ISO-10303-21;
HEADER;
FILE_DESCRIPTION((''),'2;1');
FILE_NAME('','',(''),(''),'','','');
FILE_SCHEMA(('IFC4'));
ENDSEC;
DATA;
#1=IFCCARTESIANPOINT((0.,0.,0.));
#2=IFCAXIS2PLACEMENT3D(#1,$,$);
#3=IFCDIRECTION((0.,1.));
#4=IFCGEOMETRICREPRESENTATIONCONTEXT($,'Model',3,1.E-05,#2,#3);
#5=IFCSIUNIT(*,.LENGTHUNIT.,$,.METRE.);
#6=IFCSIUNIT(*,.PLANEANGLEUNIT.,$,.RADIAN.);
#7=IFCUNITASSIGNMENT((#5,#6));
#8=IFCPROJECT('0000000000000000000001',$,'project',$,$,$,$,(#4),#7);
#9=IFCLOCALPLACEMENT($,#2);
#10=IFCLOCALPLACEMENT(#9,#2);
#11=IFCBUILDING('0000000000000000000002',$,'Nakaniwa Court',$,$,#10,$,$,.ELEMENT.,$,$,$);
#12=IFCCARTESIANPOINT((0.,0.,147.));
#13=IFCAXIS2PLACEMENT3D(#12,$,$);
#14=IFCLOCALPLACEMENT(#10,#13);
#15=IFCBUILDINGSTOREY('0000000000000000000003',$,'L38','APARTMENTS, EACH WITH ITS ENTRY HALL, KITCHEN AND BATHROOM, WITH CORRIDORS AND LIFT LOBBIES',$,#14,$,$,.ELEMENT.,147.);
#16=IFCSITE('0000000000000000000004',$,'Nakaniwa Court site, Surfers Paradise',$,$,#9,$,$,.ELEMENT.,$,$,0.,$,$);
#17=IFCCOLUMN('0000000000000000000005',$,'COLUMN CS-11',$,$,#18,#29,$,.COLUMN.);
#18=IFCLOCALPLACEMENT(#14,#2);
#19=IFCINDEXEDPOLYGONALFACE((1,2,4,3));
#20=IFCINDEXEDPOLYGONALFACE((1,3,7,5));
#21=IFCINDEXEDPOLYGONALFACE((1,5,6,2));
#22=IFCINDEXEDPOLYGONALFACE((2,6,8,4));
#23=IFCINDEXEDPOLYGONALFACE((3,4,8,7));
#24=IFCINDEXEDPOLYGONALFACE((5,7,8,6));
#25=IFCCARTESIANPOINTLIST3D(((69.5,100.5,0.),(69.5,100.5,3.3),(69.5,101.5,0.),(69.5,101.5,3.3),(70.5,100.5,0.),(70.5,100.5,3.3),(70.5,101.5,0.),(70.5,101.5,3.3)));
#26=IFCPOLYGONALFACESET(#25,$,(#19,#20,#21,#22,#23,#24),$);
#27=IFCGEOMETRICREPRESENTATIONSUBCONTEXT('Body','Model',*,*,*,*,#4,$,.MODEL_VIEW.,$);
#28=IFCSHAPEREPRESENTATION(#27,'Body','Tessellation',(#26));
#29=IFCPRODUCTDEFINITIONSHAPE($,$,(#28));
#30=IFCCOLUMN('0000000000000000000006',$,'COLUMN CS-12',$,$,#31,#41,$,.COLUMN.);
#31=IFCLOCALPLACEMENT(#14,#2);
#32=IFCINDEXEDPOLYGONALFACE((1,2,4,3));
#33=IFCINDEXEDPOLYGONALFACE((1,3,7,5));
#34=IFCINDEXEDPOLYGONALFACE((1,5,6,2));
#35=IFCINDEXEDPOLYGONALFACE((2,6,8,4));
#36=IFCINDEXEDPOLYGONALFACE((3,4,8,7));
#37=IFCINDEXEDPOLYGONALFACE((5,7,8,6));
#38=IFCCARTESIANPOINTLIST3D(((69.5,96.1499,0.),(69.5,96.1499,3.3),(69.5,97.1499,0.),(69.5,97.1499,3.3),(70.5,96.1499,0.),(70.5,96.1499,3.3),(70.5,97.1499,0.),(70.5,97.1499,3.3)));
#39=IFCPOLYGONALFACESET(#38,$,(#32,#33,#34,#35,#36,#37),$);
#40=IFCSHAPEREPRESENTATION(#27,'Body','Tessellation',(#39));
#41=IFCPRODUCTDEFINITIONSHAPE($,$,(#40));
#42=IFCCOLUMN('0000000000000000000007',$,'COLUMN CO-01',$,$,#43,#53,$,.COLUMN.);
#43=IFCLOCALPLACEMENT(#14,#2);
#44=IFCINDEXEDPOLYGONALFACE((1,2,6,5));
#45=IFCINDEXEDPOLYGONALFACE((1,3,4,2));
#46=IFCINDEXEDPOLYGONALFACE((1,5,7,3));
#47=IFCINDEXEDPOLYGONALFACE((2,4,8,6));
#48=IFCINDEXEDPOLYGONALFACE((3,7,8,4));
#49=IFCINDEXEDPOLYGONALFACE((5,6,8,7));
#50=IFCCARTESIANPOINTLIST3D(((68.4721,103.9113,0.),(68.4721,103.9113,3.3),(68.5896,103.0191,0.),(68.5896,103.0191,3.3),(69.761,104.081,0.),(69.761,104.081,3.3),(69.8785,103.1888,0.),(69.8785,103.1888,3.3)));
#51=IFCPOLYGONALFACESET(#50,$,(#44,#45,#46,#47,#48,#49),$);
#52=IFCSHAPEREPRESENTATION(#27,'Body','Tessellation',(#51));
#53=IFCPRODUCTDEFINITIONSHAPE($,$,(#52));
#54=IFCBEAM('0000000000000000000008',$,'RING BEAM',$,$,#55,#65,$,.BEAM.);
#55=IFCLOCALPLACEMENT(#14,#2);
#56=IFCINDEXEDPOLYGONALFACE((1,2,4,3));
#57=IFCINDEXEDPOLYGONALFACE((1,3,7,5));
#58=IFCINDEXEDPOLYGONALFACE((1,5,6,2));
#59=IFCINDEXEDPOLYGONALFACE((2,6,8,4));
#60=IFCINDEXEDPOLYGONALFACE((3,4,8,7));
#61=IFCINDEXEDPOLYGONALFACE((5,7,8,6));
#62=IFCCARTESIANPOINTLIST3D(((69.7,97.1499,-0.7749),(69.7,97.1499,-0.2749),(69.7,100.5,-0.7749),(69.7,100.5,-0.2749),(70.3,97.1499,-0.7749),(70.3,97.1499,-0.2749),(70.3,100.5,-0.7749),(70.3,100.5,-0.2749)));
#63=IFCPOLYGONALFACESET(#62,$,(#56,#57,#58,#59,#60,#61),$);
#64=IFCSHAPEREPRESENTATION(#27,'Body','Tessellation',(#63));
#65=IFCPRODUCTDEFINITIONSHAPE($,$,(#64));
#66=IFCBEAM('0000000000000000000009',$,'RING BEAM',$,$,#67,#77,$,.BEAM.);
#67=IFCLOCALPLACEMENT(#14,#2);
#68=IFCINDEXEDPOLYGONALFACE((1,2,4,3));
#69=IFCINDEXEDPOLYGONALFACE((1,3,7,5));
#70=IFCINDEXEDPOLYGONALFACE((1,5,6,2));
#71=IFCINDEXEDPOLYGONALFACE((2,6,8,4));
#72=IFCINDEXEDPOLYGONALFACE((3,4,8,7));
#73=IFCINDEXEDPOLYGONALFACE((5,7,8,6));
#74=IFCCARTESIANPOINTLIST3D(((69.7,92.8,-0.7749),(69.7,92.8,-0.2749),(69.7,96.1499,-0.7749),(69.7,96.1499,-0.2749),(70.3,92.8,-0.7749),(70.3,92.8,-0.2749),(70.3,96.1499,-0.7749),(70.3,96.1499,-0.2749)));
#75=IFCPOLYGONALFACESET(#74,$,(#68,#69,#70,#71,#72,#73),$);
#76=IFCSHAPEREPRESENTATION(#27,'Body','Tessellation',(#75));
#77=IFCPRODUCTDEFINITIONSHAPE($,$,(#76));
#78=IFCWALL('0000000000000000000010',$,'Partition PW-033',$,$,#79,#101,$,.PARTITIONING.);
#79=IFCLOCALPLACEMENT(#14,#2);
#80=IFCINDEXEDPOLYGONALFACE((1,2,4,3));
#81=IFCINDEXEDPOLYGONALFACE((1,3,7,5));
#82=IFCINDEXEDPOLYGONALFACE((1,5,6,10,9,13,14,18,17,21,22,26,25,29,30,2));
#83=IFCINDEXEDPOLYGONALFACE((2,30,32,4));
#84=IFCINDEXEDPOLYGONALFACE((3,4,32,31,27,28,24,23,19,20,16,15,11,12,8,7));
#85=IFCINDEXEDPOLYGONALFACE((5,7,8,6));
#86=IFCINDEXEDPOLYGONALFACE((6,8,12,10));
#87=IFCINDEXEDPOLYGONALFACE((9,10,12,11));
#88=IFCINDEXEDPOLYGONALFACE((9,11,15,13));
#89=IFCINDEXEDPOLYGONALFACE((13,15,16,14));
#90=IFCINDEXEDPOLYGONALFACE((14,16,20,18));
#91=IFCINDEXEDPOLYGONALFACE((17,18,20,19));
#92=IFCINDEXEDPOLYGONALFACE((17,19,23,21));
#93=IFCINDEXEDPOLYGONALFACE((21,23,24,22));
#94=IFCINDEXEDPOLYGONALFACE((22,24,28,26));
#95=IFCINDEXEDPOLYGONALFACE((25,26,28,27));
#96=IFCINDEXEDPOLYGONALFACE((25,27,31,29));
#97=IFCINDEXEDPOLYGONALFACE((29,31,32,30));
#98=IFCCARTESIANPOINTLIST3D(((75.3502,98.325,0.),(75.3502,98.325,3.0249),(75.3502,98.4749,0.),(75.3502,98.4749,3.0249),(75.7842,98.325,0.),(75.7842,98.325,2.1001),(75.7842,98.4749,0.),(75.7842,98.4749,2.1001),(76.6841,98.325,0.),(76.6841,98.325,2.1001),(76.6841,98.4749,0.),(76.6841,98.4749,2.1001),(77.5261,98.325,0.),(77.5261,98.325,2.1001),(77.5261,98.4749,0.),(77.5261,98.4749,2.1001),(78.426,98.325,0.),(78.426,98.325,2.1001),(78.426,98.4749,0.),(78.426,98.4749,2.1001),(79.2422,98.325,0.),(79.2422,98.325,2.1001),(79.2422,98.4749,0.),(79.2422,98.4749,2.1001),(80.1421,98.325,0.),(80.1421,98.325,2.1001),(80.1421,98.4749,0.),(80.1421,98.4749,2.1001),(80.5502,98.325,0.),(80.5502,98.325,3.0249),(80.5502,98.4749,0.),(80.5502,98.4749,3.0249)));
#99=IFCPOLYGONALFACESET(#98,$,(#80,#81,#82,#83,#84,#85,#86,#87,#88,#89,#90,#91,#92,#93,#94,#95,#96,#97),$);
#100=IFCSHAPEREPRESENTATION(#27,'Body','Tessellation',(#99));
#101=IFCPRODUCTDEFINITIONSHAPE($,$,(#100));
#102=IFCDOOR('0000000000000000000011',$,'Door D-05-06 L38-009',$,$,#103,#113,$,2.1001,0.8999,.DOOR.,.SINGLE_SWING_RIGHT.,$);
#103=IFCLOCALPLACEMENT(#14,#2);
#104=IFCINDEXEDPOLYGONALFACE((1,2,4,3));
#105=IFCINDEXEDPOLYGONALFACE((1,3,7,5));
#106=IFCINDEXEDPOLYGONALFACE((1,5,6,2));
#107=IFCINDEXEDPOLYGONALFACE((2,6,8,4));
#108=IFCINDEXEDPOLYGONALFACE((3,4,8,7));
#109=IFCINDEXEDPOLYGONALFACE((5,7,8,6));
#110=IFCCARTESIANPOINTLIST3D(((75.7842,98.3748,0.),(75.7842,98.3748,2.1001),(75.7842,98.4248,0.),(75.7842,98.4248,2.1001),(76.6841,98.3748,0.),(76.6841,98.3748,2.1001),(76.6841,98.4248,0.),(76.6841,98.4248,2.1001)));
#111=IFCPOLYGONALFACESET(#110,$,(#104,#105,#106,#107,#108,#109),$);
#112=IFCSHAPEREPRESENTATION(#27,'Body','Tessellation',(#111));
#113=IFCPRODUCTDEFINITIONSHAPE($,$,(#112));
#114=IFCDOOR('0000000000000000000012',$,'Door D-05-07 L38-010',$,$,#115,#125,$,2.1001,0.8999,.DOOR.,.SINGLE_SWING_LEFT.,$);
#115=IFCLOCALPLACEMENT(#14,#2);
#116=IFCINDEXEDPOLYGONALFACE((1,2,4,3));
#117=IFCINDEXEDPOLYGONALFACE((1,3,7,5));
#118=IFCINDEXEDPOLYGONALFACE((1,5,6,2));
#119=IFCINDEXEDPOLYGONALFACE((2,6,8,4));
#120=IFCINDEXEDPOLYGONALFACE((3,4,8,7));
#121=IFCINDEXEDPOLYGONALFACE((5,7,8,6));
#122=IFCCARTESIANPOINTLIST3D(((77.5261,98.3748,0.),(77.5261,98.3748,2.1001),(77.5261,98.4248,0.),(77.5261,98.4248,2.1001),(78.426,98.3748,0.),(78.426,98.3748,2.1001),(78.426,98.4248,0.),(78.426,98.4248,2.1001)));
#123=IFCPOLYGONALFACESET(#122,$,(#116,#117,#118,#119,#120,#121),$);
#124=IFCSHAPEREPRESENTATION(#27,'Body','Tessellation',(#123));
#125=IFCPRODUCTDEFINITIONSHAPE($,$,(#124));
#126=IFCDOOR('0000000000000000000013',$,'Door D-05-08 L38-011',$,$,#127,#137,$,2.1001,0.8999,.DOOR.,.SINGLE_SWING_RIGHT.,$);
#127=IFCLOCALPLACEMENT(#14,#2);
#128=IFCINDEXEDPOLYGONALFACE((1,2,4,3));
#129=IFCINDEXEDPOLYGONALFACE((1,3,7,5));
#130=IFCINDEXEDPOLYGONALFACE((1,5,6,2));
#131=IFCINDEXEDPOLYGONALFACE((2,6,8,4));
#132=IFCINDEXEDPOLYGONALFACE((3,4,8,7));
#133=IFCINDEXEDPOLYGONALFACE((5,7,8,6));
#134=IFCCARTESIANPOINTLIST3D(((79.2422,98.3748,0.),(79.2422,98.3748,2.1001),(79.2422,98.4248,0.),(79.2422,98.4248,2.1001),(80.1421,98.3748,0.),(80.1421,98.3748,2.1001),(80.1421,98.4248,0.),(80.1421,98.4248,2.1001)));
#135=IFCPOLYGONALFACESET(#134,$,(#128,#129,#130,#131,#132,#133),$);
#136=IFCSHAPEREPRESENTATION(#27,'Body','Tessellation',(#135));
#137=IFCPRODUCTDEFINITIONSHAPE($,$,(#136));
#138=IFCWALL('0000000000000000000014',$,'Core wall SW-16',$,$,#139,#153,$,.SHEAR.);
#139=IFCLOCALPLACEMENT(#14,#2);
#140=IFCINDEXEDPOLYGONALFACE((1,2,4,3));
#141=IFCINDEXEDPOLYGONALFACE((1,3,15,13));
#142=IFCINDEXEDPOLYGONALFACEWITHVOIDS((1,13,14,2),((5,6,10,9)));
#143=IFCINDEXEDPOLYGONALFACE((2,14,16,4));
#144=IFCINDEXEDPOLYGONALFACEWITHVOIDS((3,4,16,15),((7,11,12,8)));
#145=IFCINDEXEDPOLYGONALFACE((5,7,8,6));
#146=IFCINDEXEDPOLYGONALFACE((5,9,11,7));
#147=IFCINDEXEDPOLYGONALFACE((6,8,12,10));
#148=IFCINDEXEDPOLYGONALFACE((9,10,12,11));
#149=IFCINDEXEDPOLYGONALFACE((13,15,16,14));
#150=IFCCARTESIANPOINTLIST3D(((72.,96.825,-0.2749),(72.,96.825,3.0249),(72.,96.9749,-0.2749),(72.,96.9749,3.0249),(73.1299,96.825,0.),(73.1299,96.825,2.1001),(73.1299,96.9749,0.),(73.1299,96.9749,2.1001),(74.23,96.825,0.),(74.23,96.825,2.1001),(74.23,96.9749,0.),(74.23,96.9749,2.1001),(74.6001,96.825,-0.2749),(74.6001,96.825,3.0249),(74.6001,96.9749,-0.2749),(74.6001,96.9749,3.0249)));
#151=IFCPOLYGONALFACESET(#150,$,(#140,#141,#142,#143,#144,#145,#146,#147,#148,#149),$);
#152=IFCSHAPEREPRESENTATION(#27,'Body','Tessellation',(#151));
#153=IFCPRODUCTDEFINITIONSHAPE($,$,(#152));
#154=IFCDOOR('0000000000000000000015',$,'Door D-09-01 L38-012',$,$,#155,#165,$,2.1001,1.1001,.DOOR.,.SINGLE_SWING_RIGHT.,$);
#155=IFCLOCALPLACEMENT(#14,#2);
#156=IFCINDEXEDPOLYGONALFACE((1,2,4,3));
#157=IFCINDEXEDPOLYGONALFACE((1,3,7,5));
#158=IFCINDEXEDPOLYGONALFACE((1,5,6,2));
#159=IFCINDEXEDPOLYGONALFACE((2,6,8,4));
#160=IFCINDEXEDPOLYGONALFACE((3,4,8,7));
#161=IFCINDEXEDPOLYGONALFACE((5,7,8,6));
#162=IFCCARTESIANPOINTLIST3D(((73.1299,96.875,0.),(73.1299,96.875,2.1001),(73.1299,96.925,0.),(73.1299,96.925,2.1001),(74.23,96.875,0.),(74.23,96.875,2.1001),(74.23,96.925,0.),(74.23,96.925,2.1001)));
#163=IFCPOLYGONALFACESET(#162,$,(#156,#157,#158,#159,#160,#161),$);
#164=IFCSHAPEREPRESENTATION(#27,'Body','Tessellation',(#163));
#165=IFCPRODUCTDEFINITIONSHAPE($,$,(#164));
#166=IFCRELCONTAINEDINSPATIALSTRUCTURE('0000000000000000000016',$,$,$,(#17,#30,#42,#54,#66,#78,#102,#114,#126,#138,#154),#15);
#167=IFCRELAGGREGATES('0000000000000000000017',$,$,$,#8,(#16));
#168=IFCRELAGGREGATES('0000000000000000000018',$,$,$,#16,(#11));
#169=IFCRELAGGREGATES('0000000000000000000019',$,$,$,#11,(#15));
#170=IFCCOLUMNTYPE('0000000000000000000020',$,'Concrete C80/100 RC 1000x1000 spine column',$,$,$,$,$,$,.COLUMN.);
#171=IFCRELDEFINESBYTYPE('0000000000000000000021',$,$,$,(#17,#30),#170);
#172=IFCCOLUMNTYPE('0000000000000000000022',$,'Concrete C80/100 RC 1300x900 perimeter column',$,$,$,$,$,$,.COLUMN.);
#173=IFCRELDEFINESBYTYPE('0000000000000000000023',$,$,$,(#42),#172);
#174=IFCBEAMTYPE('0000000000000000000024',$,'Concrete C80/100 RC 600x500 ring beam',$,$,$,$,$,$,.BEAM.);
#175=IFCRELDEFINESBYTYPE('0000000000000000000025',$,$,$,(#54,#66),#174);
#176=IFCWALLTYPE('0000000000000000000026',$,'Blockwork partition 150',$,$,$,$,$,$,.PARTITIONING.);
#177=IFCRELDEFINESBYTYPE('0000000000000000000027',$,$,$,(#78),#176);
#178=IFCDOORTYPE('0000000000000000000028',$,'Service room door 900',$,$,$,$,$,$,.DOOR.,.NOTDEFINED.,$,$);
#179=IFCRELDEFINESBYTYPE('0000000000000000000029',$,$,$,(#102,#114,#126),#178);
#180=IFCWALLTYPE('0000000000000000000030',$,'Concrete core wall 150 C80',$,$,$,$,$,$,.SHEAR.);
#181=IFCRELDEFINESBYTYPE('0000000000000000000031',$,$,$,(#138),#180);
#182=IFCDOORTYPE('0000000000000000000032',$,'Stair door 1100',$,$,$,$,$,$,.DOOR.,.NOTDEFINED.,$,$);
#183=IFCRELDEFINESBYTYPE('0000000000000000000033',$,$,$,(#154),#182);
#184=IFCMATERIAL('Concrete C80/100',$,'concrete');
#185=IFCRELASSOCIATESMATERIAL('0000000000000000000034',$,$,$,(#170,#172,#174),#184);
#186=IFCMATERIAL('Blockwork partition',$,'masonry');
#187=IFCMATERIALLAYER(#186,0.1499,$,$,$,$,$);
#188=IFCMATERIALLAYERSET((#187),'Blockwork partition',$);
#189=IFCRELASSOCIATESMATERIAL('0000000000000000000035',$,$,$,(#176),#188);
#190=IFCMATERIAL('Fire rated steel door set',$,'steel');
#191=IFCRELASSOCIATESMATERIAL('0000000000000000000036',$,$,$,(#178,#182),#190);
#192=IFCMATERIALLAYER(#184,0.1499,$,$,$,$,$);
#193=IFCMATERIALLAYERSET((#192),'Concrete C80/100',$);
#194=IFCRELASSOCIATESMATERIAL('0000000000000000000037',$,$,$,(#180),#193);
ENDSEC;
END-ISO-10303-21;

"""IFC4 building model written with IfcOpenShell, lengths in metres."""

from ifc_helpers import new_model, si_unit, direction, frame, frame_2d, origin, origin_2d, place, context, subcontext, project, spatial, rectangle, extrude, material, layer, layer_set, material_profile, profile_set, type_object, element, fill, save


model = new_model("IFC4")

# Units and contexts
model_context = context("Model", 3, precision=1e-05, world=origin(), true_north=direction((0.0, 1.0)))
body_context = subcontext(model_context, "Body", "Model", "MODEL_VIEW")
ifc_project = project(units=[si_unit("LENGTHUNIT", "METRE"), si_unit("PLANEANGLEUNIT", "RADIAN")], contexts=[model_context])

# Site, building, storey
site_placement = place(None, origin())
site = spatial("IfcSite", under=ifc_project, at=site_placement, Name="Nakaniwa Court site, Surfers Paradise", CompositionType="ELEMENT", RefElevation=0.0)
building_placement = place(site_placement, origin())
building = spatial("IfcBuilding", under=site, at=building_placement, Name="Nakaniwa Court", CompositionType="ELEMENT")
storey_placement = place(building_placement, frame((0.0, 0.0, 147.0)))
storey = spatial("IfcBuildingStorey", under=building, at=storey_placement, Name="L38", Description="APARTMENTS, EACH WITH ITS ENTRY HALL, KITCHEN AND BATHROOM, WITH CORRIDORS AND LIFT LOBBIES", CompositionType="ELEMENT", Elevation=147.0)

# Columns
ifc_material_1 = material(Name="Concrete C80/100", Category="concrete")
ifc_material_profile_1 = material_profile(ifc_material_1, rectangle(XDim=1.0, YDim=1.0, at=origin_2d()), Name="Concrete C80/100 RC 1000x1000 spine column")
ifc_profile_set_1 = profile_set([ifc_material_profile_1], Name="Concrete C80/100")
column_type_1 = type_object("IfcColumnType", Name="Concrete C80/100 RC 1000x1000 spine column", PredefinedType="COLUMN", material=ifc_profile_set_1)
for number, where, z_axis, x_axis, name in (
    (1, (70.0, 101.0, 0.0), (0.0, 0.0, 1.0), (0.0, -1.0, 0.0), "COLUMN CS-11"),
    (2, (70.0, 96.6499, 0.0), (0.0, 0.0, 1.0), (0.0, -1.0, 0.0), "COLUMN CS-12"),
):
    element("IfcColumn", number, at=place(storey_placement, frame(where, z_axis=z_axis, x_axis=x_axis)), inside=storey, type_object=column_type_1, Name=name, PredefinedType="COLUMN", context=body_context, shape_type="SweptSolid", body=[
        extrude(rectangle(XDim=1.0, YDim=1.0, at=origin_2d()), origin(), (0.0, 0.0, 1.0), 3.3),
    ])
ifc_material_profile_2 = material_profile(ifc_material_1, rectangle(XDim=1.3, YDim=0.8999, at=origin_2d()), Name="Concrete C80/100 RC 1300x900 perimeter column")
ifc_profile_set_2 = profile_set([ifc_material_profile_2], Name="Concrete C80/100")
column_type_2 = type_object("IfcColumnType", Name="Concrete C80/100 RC 1300x900 perimeter column", PredefinedType="COLUMN", material=ifc_profile_set_2)
column_placement = place(storey_placement, frame((69.1753, 103.55, 0.0), z_axis=(0.0, 0.0, 1.0), x_axis=(-0.991443, -0.130543, 0.0)))
element("IfcColumn", 3, at=column_placement, inside=storey, type_object=column_type_2, Name="COLUMN CO-01", PredefinedType="COLUMN", context=body_context, shape_type="SweptSolid", body=[
    extrude(rectangle(XDim=1.3, YDim=0.8999, at=origin_2d()), origin(), (0.0, 0.0, 1.0), 3.3),
])

# Beams
ifc_material_profile_3 = material_profile(ifc_material_1, rectangle(XDim=0.6001, YDim=0.5, at=origin_2d()), Name="Concrete C80/100 RC 600x500 ring beam")
ifc_profile_set_3 = profile_set([ifc_material_profile_3], Name="Concrete C80/100")
beam_type = type_object("IfcBeamType", Name="Concrete C80/100 RC 600x500 ring beam", PredefinedType="BEAM", material=ifc_profile_set_3)
beam_1_placement = place(storey_placement, frame((70.0, 100.5, -0.5249), z_axis=(0.0, -1.0, 0.0), x_axis=(1.0, 0.0, 0.0)))
element("IfcBeam", 4, at=beam_1_placement, inside=storey, type_object=beam_type, Name="RING BEAM", PredefinedType="BEAM", context=body_context, shape_type="SweptSolid", body=[
    extrude(rectangle(XDim=0.6001, YDim=0.5, at=origin_2d()), origin(), (0.0, 0.0, 1.0), 3.3501),
])
beam_2_placement = place(storey_placement, frame((70.0, 96.1499, -0.5249), z_axis=(0.0, -1.0, 0.0), x_axis=(1.0, 0.0, 0.0)))
element("IfcBeam", 5, at=beam_2_placement, inside=storey, type_object=beam_type, Name="RING BEAM", PredefinedType="BEAM", context=body_context, shape_type="SweptSolid", body=[
    extrude(rectangle(XDim=0.6001, YDim=0.5, at=origin_2d()), origin(), (0.0, 0.0, 1.0), 3.3499),
])

# Wall, openings, doors
ifc_material_2 = material(Name="Blockwork partition", Category="masonry")
ifc_layer_1 = layer(ifc_material_2, 0.1499)
ifc_layer_set_1 = layer_set([ifc_layer_1], Name="Blockwork partition")
wall_type_1 = type_object("IfcWallType", Name="Blockwork partition 150", PredefinedType="PARTITIONING", material=ifc_layer_set_1)
wall_1_placement = place(storey_placement, frame((75.3501, 98.3999, 0.0), z_axis=(0.0, 0.0, 1.0), x_axis=(1.0, 0.0, 0.0)))
wall_1 = element("IfcWall", 6, at=wall_1_placement, inside=storey, type_object=wall_type_1, Name="Partition PW-033", PredefinedType="PARTITIONING", context=body_context, shape_type="SweptSolid", body=[
    extrude(rectangle(XDim=5.2, YDim=0.1499, at=frame_2d((2.6001, 0.0))), origin(), (0.0, 0.0, 1.0), 3.0249),
])
opening_1_placement = place(wall_1_placement, frame((0.4341, 0.0, 0.0)))
opening_1 = element("IfcOpeningElement", 7, at=opening_1_placement, cuts=wall_1, PredefinedType="OPENING", context=body_context, shape_type="SweptSolid", body=[
    extrude(rectangle(XDim=0.8999, YDim=2.1001, at=frame_2d((0.45, 1.05))), frame((0.0, 0.085, 0.0), z_axis=(0.0, -1.0, 0.0), x_axis=(1.0, 0.0, 0.0)), (0.0, 0.0, 1.0), 0.1699),
])
opening_2_placement = place(wall_1_placement, frame((2.176, 0.0, 0.0)))
opening_2 = element("IfcOpeningElement", 8, at=opening_2_placement, cuts=wall_1, PredefinedType="OPENING", context=body_context, shape_type="SweptSolid", body=[
    extrude(rectangle(XDim=0.8999, YDim=2.1001, at=frame_2d((0.45, 1.05))), frame((0.0, 0.085, 0.0), z_axis=(0.0, -1.0, 0.0), x_axis=(1.0, 0.0, 0.0)), (0.0, 0.0, 1.0), 0.1699),
])
opening_3_placement = place(wall_1_placement, frame((3.8921, 0.0, 0.0)))
opening_3 = element("IfcOpeningElement", 9, at=opening_3_placement, cuts=wall_1, PredefinedType="OPENING", context=body_context, shape_type="SweptSolid", body=[
    extrude(rectangle(XDim=0.8999, YDim=2.1001, at=frame_2d((0.45, 1.05))), frame((0.0, 0.085, 0.0), z_axis=(0.0, -1.0, 0.0), x_axis=(1.0, 0.0, 0.0)), (0.0, 0.0, 1.0), 0.1699),
])
ifc_material_3 = material(Name="Fire rated steel door set", Category="steel")
door_type_1 = type_object("IfcDoorType", Name="Service room door 900", OperationType="NOTDEFINED", PredefinedType="DOOR", material=ifc_material_3)
door_1_placement = place(opening_1_placement, origin())
door_1 = element("IfcDoor", 10, at=door_1_placement, inside=storey, type_object=door_type_1, Name="Door D-05-06 L38-009", OperationType="SINGLE_SWING_RIGHT", OverallHeight=2.1001, OverallWidth=0.8999, PredefinedType="DOOR", context=body_context, shape_type="SweptSolid", body=[
    extrude(rectangle(XDim=0.8999, YDim=2.1001, at=frame_2d((0.45, 1.05))), frame((0.0, 0.0249, 0.0), z_axis=(0.0, -1.0, 0.0), x_axis=(1.0, 0.0, 0.0)), (0.0, 0.0, 1.0), 0.05),
])
fill(opening_1, door_1)
door_2_placement = place(opening_2_placement, origin())
door_2 = element("IfcDoor", 11, at=door_2_placement, inside=storey, type_object=door_type_1, Name="Door D-05-07 L38-010", OperationType="SINGLE_SWING_LEFT", OverallHeight=2.1001, OverallWidth=0.8999, PredefinedType="DOOR", context=body_context, shape_type="SweptSolid", body=[
    extrude(rectangle(XDim=0.8999, YDim=2.1001, at=frame_2d((0.45, 1.05))), frame((0.0, 0.0249, 0.0), z_axis=(0.0, -1.0, 0.0), x_axis=(1.0, 0.0, 0.0)), (0.0, 0.0, 1.0), 0.05),
])
fill(opening_2, door_2)
door_3_placement = place(opening_3_placement, origin())
door_3 = element("IfcDoor", 12, at=door_3_placement, inside=storey, type_object=door_type_1, Name="Door D-05-08 L38-011", OperationType="SINGLE_SWING_RIGHT", OverallHeight=2.1001, OverallWidth=0.8999, PredefinedType="DOOR", context=body_context, shape_type="SweptSolid", body=[
    extrude(rectangle(XDim=0.8999, YDim=2.1001, at=frame_2d((0.45, 1.05))), frame((0.0, 0.0249, 0.0), z_axis=(0.0, -1.0, 0.0), x_axis=(1.0, 0.0, 0.0)), (0.0, 0.0, 1.0), 0.05),
])
fill(opening_3, door_3)

# Wall, opening, door
ifc_layer_2 = layer(ifc_material_1, 0.1499)
ifc_layer_set_2 = layer_set([ifc_layer_2], Name="Concrete C80/100")
wall_type_2 = type_object("IfcWallType", Name="Concrete core wall 150 C80", PredefinedType="SHEAR", material=ifc_layer_set_2)
wall_2_placement = place(storey_placement, frame((74.6001, 96.8999, -0.2749), z_axis=(0.0, 0.0, 1.0), x_axis=(-1.0, 0.0, 0.0)))
wall_2 = element("IfcWall", 13, at=wall_2_placement, inside=storey, type_object=wall_type_2, Name="Core wall SW-16", PredefinedType="SHEAR", context=body_context, shape_type="SweptSolid", body=[
    extrude(rectangle(XDim=2.6001, YDim=0.1499, at=frame_2d((1.3, 0.0))), origin(), (0.0, 0.0, 1.0), 3.2998),
])
opening_4_placement = place(wall_2_placement, frame((0.3701, 0.0, 0.2749)))
opening_4 = element("IfcOpeningElement", 14, at=opening_4_placement, cuts=wall_2, PredefinedType="OPENING", context=body_context, shape_type="SweptSolid", body=[
    extrude(rectangle(XDim=1.1001, YDim=2.1001, at=frame_2d((0.55, 1.05))), frame((0.0, 0.085, 0.0), z_axis=(0.0, -1.0, 0.0), x_axis=(1.0, 0.0, 0.0)), (0.0, 0.0, 1.0), 0.1699),
])
door_type_2 = type_object("IfcDoorType", Name="Stair door 1100", OperationType="NOTDEFINED", PredefinedType="DOOR", material=ifc_material_3)
door_4_placement = place(opening_4_placement, origin())
door_4 = element("IfcDoor", 15, at=door_4_placement, inside=storey, type_object=door_type_2, Name="Door D-09-01 L38-012", OperationType="SINGLE_SWING_RIGHT", OverallHeight=2.1001, OverallWidth=1.1001, PredefinedType="DOOR", context=body_context, shape_type="SweptSolid", body=[
    extrude(rectangle(XDim=1.1001, YDim=2.1001, at=frame_2d((0.55, 1.05))), frame((0.0, 0.0249, 0.0), z_axis=(0.0, -1.0, 0.0), x_axis=(1.0, 0.0, 0.0)), (0.0, 0.0, 1.0), 0.05),
])
fill(opening_4, door_4)

save(model, "model.ifc")
